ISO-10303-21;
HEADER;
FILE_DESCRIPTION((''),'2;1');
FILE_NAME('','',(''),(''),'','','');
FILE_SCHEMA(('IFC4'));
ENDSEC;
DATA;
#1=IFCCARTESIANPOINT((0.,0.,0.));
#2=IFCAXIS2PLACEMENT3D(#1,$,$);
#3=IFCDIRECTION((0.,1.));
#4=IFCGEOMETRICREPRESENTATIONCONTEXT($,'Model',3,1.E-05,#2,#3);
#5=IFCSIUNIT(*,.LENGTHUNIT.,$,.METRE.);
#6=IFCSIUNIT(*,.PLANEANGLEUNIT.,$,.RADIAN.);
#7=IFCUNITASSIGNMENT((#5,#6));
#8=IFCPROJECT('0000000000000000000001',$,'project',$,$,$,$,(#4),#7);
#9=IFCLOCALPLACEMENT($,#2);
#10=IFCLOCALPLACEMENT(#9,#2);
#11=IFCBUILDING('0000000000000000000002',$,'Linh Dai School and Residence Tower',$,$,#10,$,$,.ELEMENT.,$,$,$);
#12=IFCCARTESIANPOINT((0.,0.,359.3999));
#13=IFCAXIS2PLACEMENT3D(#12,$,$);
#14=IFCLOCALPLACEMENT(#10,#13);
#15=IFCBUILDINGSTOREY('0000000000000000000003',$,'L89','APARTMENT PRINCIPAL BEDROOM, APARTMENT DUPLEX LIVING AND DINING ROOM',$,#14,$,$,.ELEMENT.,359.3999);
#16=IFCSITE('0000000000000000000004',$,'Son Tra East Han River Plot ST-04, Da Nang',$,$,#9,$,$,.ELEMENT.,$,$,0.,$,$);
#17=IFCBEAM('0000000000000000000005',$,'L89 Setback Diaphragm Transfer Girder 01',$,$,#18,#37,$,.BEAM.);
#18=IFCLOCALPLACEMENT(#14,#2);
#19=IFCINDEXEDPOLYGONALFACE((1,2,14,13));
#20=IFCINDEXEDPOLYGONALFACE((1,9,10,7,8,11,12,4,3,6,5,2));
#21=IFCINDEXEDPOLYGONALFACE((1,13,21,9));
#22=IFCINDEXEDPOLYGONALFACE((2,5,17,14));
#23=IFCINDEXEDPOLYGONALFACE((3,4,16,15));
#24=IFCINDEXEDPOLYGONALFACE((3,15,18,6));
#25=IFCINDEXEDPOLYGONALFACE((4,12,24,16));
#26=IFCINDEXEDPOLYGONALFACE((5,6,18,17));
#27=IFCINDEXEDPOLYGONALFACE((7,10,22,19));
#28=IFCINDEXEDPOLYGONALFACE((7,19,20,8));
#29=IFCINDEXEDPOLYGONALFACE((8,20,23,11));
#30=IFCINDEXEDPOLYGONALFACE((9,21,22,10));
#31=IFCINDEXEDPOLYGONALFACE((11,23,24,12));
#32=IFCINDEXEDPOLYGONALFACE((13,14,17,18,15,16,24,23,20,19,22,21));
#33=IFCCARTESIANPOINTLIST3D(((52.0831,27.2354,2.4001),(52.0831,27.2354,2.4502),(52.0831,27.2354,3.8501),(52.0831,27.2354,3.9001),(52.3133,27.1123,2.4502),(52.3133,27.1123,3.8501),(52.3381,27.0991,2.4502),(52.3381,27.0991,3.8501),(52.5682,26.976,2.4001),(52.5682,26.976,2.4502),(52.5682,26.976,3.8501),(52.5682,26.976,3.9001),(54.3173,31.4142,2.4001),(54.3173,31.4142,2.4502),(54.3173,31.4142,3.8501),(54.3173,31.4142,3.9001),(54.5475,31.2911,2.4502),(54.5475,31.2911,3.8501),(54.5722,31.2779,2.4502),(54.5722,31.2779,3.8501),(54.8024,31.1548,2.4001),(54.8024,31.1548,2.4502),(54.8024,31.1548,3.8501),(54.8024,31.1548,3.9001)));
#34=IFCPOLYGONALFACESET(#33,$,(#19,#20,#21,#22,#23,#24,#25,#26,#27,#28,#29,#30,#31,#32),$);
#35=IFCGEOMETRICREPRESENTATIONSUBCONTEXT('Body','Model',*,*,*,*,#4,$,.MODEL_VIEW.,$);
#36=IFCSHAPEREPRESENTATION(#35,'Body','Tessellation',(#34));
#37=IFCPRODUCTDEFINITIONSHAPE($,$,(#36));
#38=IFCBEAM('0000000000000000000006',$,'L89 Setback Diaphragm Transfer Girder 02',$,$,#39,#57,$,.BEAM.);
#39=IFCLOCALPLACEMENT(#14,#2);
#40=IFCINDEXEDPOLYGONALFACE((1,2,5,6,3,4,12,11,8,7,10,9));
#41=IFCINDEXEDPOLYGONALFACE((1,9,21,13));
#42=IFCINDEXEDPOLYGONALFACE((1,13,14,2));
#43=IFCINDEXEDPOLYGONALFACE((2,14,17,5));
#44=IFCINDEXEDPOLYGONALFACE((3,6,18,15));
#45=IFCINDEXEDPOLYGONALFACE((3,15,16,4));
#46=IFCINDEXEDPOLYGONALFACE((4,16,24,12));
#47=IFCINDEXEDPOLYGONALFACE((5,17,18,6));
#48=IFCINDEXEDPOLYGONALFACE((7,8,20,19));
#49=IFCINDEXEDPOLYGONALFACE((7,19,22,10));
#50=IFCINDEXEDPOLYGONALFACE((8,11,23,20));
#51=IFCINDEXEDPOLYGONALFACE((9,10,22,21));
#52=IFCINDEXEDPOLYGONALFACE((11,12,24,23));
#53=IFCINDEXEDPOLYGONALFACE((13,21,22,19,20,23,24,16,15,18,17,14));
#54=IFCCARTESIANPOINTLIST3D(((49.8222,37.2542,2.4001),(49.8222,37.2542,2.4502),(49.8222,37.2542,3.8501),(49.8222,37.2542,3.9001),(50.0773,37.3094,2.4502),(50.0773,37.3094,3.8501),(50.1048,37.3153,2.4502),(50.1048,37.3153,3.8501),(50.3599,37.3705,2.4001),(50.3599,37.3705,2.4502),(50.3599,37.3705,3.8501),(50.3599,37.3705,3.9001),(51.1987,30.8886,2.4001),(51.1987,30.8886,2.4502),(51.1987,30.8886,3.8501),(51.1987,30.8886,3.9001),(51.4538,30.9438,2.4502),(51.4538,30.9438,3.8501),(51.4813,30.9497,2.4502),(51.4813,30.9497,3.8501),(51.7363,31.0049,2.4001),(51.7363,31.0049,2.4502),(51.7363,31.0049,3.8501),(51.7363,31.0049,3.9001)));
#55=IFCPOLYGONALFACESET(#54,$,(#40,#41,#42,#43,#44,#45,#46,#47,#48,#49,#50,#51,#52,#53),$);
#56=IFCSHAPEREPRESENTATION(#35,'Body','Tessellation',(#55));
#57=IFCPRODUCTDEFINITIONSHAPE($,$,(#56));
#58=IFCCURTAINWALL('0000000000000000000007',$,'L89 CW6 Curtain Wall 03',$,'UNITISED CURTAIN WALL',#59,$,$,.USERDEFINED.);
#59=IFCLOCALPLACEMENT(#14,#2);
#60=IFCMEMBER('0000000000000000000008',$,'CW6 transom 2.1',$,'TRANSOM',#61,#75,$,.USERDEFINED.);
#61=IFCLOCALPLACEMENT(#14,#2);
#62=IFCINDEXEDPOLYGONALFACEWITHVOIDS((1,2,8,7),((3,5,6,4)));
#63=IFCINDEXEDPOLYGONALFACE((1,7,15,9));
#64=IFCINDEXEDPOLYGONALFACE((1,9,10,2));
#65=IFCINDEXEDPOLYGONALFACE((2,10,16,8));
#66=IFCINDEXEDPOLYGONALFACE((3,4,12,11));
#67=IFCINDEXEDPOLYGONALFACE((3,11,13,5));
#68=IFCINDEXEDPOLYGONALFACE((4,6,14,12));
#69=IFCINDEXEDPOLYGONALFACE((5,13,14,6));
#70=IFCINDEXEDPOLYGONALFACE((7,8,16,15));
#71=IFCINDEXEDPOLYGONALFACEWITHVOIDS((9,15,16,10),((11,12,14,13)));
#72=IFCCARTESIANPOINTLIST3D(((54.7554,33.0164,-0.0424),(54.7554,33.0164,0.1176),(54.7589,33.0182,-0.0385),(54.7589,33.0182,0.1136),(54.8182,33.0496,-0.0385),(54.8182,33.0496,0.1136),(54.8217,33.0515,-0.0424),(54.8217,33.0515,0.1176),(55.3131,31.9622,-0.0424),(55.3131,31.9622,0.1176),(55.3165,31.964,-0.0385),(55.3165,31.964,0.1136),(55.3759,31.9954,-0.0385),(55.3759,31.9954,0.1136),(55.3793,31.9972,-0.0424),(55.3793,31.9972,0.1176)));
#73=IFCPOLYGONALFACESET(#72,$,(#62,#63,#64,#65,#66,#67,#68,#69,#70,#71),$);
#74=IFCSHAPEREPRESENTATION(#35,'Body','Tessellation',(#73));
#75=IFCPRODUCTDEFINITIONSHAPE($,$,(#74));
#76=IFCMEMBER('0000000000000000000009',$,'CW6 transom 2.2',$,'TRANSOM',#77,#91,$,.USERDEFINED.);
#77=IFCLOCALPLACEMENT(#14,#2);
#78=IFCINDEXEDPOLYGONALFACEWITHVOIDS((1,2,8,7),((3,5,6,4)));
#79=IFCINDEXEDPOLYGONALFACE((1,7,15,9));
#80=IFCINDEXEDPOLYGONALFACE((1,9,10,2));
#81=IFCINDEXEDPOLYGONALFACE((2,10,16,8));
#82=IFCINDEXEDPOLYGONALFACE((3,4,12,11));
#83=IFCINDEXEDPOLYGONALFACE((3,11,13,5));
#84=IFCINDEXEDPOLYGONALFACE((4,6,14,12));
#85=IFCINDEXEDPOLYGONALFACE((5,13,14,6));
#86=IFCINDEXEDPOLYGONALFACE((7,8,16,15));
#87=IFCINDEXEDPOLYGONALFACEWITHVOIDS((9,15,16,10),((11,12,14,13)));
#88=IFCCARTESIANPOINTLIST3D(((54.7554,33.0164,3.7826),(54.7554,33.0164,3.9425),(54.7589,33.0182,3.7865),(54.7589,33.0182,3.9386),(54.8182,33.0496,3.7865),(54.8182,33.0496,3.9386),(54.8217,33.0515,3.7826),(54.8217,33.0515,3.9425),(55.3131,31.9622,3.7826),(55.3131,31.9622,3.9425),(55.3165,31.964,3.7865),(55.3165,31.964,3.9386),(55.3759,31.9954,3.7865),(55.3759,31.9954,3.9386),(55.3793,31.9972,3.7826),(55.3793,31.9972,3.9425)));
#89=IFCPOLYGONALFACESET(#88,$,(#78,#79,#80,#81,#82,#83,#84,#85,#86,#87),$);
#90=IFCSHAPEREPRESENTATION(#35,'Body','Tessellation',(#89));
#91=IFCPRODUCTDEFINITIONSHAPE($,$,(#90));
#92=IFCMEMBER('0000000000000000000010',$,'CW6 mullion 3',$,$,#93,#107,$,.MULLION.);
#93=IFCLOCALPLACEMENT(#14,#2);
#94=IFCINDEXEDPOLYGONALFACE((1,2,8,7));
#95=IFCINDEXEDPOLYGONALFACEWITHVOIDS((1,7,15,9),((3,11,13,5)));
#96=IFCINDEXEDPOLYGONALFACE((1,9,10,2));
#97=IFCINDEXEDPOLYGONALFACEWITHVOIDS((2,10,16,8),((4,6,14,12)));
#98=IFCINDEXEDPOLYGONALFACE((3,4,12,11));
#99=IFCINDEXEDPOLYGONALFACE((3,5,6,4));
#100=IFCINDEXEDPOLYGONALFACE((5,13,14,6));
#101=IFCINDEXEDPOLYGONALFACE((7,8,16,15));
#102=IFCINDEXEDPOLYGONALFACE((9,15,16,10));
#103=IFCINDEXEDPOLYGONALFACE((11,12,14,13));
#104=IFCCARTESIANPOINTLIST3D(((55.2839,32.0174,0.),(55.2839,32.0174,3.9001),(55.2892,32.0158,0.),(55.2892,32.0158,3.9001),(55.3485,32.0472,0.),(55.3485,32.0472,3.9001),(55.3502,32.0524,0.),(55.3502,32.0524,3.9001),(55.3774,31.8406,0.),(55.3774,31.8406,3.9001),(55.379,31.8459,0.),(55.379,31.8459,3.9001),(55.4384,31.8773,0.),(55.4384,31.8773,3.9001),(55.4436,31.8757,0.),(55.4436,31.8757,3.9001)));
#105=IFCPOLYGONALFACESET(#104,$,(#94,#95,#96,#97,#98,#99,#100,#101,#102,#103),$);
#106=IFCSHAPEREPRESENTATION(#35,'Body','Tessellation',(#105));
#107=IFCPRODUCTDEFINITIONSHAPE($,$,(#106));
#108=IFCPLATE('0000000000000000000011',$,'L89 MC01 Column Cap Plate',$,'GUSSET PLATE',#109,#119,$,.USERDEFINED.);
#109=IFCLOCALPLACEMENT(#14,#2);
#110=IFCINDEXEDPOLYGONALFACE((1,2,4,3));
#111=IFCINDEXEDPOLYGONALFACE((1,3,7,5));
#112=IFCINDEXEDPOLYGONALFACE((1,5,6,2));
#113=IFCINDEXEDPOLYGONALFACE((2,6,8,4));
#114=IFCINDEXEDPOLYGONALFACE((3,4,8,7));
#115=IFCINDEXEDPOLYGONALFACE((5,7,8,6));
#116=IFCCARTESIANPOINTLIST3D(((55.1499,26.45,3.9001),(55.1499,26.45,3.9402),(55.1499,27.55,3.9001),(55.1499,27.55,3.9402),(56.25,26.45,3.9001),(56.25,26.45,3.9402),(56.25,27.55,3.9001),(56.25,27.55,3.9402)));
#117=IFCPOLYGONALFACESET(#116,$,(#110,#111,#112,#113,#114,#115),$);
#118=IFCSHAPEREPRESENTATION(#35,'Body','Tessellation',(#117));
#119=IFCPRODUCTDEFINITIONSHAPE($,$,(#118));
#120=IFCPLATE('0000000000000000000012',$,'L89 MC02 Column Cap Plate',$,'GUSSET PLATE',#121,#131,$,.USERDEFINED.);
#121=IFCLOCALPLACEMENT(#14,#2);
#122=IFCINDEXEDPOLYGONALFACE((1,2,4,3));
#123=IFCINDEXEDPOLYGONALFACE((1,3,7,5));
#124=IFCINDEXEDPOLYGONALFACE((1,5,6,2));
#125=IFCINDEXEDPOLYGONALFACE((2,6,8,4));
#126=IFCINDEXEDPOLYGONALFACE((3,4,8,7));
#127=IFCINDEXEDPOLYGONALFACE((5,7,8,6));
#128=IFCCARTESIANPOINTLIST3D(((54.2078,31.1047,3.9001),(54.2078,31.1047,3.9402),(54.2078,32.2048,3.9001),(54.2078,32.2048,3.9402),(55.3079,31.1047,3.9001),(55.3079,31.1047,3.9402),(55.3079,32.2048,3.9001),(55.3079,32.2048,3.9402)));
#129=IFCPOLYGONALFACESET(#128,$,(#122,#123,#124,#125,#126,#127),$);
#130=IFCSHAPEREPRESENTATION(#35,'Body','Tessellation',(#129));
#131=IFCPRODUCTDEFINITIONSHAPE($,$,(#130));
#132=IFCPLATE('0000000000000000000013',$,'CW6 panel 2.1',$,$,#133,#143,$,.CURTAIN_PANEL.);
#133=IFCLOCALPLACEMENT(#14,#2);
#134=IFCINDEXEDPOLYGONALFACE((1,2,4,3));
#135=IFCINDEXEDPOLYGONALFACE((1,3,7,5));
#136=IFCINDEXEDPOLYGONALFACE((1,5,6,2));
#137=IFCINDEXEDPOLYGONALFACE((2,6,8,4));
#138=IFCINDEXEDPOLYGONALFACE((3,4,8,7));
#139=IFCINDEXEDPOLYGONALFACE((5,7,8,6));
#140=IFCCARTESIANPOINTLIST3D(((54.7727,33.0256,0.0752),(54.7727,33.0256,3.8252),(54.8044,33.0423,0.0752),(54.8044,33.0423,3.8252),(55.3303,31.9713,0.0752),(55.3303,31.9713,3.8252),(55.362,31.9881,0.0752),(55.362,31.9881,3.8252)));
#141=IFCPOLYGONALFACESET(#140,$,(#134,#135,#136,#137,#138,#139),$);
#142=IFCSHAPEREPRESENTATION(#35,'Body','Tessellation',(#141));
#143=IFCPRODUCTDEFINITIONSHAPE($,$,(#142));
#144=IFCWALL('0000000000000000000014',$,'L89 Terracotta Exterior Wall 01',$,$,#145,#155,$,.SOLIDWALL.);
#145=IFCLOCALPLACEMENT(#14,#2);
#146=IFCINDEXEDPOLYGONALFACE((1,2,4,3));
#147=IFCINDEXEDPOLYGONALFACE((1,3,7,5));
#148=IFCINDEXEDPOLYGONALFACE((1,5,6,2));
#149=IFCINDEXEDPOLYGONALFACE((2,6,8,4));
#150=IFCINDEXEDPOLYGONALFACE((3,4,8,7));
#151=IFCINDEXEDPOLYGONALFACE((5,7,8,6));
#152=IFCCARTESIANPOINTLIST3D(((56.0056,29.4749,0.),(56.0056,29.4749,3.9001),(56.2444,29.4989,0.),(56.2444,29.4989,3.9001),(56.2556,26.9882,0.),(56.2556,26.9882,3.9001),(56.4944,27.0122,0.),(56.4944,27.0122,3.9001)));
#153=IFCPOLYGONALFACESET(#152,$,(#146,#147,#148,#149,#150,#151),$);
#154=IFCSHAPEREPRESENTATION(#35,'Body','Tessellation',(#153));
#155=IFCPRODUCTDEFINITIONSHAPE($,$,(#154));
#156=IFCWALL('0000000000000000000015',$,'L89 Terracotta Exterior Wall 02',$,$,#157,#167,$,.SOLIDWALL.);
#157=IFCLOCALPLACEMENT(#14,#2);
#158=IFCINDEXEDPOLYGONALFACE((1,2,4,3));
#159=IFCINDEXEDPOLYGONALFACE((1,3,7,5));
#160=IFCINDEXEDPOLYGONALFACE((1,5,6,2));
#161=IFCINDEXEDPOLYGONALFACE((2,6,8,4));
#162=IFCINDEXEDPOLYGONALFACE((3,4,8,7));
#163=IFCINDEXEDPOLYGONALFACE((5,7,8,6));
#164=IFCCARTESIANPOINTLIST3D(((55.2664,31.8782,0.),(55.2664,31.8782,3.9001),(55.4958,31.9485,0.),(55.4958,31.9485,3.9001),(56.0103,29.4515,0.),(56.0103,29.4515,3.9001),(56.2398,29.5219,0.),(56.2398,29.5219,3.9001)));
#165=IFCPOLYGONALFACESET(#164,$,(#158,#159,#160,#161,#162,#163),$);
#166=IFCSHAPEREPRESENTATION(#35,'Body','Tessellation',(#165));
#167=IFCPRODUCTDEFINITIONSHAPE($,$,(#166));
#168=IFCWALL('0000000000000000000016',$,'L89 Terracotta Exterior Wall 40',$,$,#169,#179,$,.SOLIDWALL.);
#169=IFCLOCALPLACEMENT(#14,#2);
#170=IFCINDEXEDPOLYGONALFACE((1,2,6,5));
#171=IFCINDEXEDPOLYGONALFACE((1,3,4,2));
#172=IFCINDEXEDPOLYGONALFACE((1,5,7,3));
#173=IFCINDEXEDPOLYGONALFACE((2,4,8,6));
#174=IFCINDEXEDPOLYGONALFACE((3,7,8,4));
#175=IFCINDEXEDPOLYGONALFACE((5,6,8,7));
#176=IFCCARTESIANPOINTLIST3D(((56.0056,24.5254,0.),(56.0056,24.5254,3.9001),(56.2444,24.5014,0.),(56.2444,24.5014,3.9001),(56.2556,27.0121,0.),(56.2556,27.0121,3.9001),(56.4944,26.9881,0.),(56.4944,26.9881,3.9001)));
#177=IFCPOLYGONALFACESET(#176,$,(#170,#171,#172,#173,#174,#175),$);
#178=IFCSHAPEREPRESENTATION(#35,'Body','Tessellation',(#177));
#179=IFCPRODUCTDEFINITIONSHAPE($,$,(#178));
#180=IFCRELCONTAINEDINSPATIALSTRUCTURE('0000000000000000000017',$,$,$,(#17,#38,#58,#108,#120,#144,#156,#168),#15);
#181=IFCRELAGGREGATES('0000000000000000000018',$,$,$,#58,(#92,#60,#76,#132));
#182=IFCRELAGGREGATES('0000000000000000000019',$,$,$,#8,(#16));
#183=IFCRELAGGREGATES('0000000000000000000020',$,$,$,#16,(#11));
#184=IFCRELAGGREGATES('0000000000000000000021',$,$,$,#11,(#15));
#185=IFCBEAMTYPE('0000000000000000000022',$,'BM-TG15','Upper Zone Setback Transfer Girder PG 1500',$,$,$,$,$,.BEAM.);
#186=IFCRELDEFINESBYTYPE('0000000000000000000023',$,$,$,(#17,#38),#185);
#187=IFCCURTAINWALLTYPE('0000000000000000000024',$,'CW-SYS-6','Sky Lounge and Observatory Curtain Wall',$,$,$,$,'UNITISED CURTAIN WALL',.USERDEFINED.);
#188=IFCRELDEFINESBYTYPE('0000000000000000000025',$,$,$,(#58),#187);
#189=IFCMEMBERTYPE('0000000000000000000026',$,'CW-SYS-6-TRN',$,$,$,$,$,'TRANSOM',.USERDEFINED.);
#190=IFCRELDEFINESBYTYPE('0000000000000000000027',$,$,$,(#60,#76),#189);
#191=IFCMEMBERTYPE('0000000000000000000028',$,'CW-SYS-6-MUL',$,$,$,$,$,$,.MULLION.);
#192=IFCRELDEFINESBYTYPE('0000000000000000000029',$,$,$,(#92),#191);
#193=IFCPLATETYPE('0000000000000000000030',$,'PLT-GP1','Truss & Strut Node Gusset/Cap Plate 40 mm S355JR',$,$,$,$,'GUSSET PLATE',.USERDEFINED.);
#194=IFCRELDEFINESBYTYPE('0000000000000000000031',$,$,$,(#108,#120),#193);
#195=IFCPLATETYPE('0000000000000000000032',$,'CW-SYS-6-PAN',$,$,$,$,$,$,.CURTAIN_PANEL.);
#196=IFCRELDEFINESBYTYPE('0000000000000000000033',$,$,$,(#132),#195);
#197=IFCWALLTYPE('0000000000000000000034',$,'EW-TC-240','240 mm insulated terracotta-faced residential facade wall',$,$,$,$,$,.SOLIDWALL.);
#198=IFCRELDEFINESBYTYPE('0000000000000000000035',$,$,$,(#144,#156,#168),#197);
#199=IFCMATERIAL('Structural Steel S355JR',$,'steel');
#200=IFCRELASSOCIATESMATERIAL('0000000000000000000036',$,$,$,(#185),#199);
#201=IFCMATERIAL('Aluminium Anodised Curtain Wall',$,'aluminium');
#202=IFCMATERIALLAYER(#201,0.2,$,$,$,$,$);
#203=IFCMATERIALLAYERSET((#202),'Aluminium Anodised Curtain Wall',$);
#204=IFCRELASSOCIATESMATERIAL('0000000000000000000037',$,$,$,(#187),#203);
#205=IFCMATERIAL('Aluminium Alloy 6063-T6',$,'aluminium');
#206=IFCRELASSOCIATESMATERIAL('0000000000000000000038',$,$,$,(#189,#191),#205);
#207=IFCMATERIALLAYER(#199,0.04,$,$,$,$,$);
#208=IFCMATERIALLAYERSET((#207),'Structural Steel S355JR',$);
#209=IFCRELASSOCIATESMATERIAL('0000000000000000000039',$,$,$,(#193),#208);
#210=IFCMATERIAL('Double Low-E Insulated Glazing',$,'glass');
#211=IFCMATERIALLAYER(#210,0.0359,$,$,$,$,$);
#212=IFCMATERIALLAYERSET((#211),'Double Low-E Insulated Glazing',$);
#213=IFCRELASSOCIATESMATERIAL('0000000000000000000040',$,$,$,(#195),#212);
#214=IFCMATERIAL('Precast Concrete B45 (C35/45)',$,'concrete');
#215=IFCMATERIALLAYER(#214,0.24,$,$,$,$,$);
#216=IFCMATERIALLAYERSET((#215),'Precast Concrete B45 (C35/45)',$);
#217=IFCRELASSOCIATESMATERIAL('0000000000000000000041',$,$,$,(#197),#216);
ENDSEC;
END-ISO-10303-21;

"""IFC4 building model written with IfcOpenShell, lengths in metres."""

from ifc_helpers import new_model, si_unit, direction, frame, frame_2d, origin, origin_2d, place, context, subcontext, project, spatial, rectangle, hollow_rectangle, i_section, extrude, source, transform, mapped, material, layer, layer_set, material_profile, profile_set, type_object, element, aggregate, save


model = new_model("IFC4")

# Units and contexts
model_context = context("Model", 3, precision=1e-05, world=origin(), true_north=direction((0.0, 1.0)))
body_context = subcontext(model_context, "Body", "Model", "MODEL_VIEW")
ifc_project = project(units=[si_unit("LENGTHUNIT", "METRE"), si_unit("PLANEANGLEUNIT", "RADIAN")], contexts=[model_context])

# Site, building, storey
site_placement = place(None, origin())
site = spatial("IfcSite", under=ifc_project, at=site_placement, Name="Son Tra East Han River Plot ST-04, Da Nang", CompositionType="ELEMENT", RefElevation=0.0)
building_placement = place(site_placement, origin())
building = spatial("IfcBuilding", under=site, at=building_placement, Name="Linh Dai School and Residence Tower", CompositionType="ELEMENT")
storey_placement = place(building_placement, frame((0.0, 0.0, 359.3999)))
storey = spatial("IfcBuildingStorey", under=building, at=storey_placement, Name="L89", Description="APARTMENT PRINCIPAL BEDROOM, APARTMENT DUPLEX LIVING AND DINING ROOM", CompositionType="ELEMENT", Elevation=359.3999)

# Shared definitions
ifc_material_1 = material(Name="Structural Steel S355JR", Category="steel")

# Beams
ifc_material_profile_1 = material_profile(ifc_material_1, i_section(OverallWidth=0.55, OverallDepth=1.5, WebThickness=0.0281, FlangeThickness=0.05, at=origin_2d()), Name="PG 1500x550x28x50")
ifc_profile_set_1 = profile_set([ifc_material_profile_1], Name="Structural Steel S355JR")
beam_type_1 = type_object("IfcBeamType", Name="BM-TG15", Description="Upper Zone Setback Transfer Girder PG 1500", PredefinedType="BEAM", material=ifc_profile_set_1)
beam_1_placement = place(storey_placement, frame((52.3257, 27.1057, 3.1501), z_axis=(0.471489, 0.881872, 0.0), x_axis=(-0.881872, 0.471489, 0.0)))
element("IfcBeam", 1, at=beam_1_placement, inside=storey, type_object=beam_type_1, Name="L89 Setback Diaphragm Transfer Girder 01", PredefinedType="BEAM", context=body_context, shape_type="SweptSolid", body=[
    extrude(i_section(OverallWidth=0.55, OverallDepth=1.5, WebThickness=0.0281, FlangeThickness=0.05, at=origin_2d()), origin(), (0.0, 0.0, 1.0), 4.7385),
])
beam_2_placement = place(storey_placement, frame((51.4675, 30.9468, 3.1501), z_axis=(-0.211354, 0.97741, 0.0), x_axis=(-0.97741, -0.211354, 0.0)))
element("IfcBeam", 2, at=beam_2_placement, inside=storey, type_object=beam_type_1, Name="L89 Setback Diaphragm Transfer Girder 02", PredefinedType="BEAM", context=body_context, shape_type="SweptSolid", body=[
    extrude(i_section(OverallWidth=0.55, OverallDepth=1.5, WebThickness=0.0281, FlangeThickness=0.05, at=origin_2d()), origin(), (0.0, 0.0, 1.0), 6.5127),
])

# Curtain wall, members
ifc_material_2 = material(Name="Aluminium Anodised Curtain Wall", Category="aluminium")
ifc_layer_1 = layer(ifc_material_2, 0.2)
ifc_layer_set_1 = layer_set([ifc_layer_1], Name="Aluminium Anodised Curtain Wall")
curtain_wall_type = type_object("IfcCurtainWallType", Name="CW-SYS-6", Description="Sky Lounge and Observatory Curtain Wall", ElementType="UNITISED CURTAIN WALL", PredefinedType="USERDEFINED", material=ifc_layer_set_1)
curtain_wall_placement = place(storey_placement, origin())
curtain_wall = element("IfcCurtainWall", 3, at=curtain_wall_placement, inside=storey, type_object=curtain_wall_type, Name="L89 CW6 Curtain Wall 03", ObjectType="UNITISED CURTAIN WALL", PredefinedType="USERDEFINED")
ifc_material_3 = material(Name="Aluminium Alloy 6063-T6", Category="aluminium")
ifc_material_profile_2 = material_profile(ifc_material_3, hollow_rectangle(XDim=0.075, YDim=0.1599, WallThickness=0.0039, at=origin_2d()), Name="RHS 160x75x4")
ifc_profile_set_2 = profile_set([ifc_material_profile_2], Name="Aluminium Alloy 6063-T6")
member_type_1 = type_object("IfcMemberType", Name="CW-SYS-6-TRN", ElementType="TRANSOM", PredefinedType="USERDEFINED", material=ifc_profile_set_2)
shared_shape_1 = source(origin(), body_context, "Body", "SweptSolid", [
    extrude(hollow_rectangle(XDim=0.075, YDim=0.1599, WallThickness=0.0039, at=origin_2d()), origin(), (0.0, 0.0, 1.0), 1.1926),
])
member_1_placement = place(storey_placement, frame((54.7886, 33.0339, 0.0376), z_axis=(0.467568, -0.883957, 0.0), x_axis=(0.883957, 0.467568, 0.0)))
member_1 = element("IfcMember", 4, at=member_1_placement, type_object=member_type_1, Name="CW6 transom 2.1", ObjectType="TRANSOM", PredefinedType="USERDEFINED", context=body_context, shape_type="MappedRepresentation", body=[
    mapped(shared_shape_1, transform((0.0, 0.0, 0.0), x_axis=(1.0, 0.0, 0.0), y_axis=(0.0, 1.0, 0.0), z_axis=(0.0, 0.0, 1.0), scale=1.0)),
])
member_2_placement = place(storey_placement, frame((54.7886, 33.0339, 3.8625), z_axis=(0.467568, -0.883957, 0.0), x_axis=(0.883957, 0.467568, 0.0)))
member_2 = element("IfcMember", 5, at=member_2_placement, type_object=member_type_1, Name="CW6 transom 2.2", ObjectType="TRANSOM", PredefinedType="USERDEFINED", context=body_context, shape_type="MappedRepresentation", body=[
    mapped(shared_shape_1, transform((0.0, 0.0, 0.0), x_axis=(1.0, 0.0, 0.0), y_axis=(0.0, 1.0, 0.0), z_axis=(0.0, 0.0, 1.0), scale=1.0)),
])
ifc_material_profile_3 = material_profile(ifc_material_3, hollow_rectangle(XDim=0.075, YDim=0.2, WallThickness=0.0039, at=origin_2d()), Name="RHS 200x75x4")
ifc_profile_set_3 = profile_set([ifc_material_profile_3], Name="Aluminium Alloy 6063-T6")
member_type_2 = type_object("IfcMemberType", Name="CW-SYS-6-MUL", PredefinedType="MULLION", material=ifc_profile_set_3)
shared_shape_2 = source(origin(), body_context, "Body", "SweptSolid", [
    extrude(hollow_rectangle(XDim=0.075, YDim=0.2, WallThickness=0.0039, at=origin_2d()), origin(), (0.0, 0.0, 1.0), 3.9001),
])
member_3_placement = place(storey_placement, frame((55.3638, 31.9465, 0.0), z_axis=(0.0, 0.0, 1.0), x_axis=(0.883972, 0.46754, 0.0)))
member_3 = element("IfcMember", 6, at=member_3_placement, type_object=member_type_2, Name="CW6 mullion 3", PredefinedType="MULLION", context=body_context, shape_type="MappedRepresentation", body=[
    mapped(shared_shape_2, transform((0.0, 0.0, 0.0), x_axis=(1.0, 0.0, 0.0), y_axis=(0.0, 1.0, 0.0), z_axis=(0.0, 0.0, 1.0), scale=1.0)),
])

# Plates
ifc_layer_2 = layer(ifc_material_1, 0.04)
ifc_layer_set_2 = layer_set([ifc_layer_2], Name="Structural Steel S355JR")
plate_type_1 = type_object("IfcPlateType", Name="PLT-GP1", Description="Truss & Strut Node Gusset/Cap Plate 40 mm S355JR", ElementType="GUSSET PLATE", PredefinedType="USERDEFINED", material=ifc_layer_set_2)
shared_shape_3 = source(origin(), body_context, "Body", "SweptSolid", [
    extrude(rectangle(XDim=1.1001, YDim=1.1001, at=origin_2d()), origin(), (0.0, 0.0, 1.0), 0.04),
])
for number, where, z_axis, x_axis, name in (
    (7, (55.7, 27.0, 3.9001), (0.0, 0.0, 1.0), (1.0, 0.0, 0.0), "L89 MC01 Column Cap Plate"),
    (8, (54.7578, 31.6548, 3.9001), (0.0, 0.0, 1.0), (1.0, 0.0, 0.0), "L89 MC02 Column Cap Plate"),
):
    element("IfcPlate", number, at=place(storey_placement, frame(where, z_axis=z_axis, x_axis=x_axis)), inside=storey, type_object=plate_type_1, Name=name, ObjectType="GUSSET PLATE", PredefinedType="USERDEFINED", context=body_context, shape_type="MappedRepresentation", body=[
        mapped(shared_shape_3, transform((0.0, 0.0, 0.0), x_axis=(1.0, 0.0, 0.0), y_axis=(0.0, 1.0, 0.0), z_axis=(0.0, 0.0, 1.0), scale=1.0)),
    ])

# Plate
ifc_material_4 = material(Name="Double Low-E Insulated Glazing", Category="glass")
ifc_layer_3 = layer(ifc_material_4, 0.0359)
ifc_layer_set_3 = layer_set([ifc_layer_3], Name="Double Low-E Insulated Glazing")
plate_type_2 = type_object("IfcPlateType", Name="CW-SYS-6-PAN", PredefinedType="CURTAIN_PANEL", material=ifc_layer_set_3)
shared_shape_4 = source(origin(), body_context, "Body", "SweptSolid", [
    extrude(rectangle(XDim=1.1926, YDim=0.0359, at=origin_2d()), origin(), (0.0, 0.0, 1.0), 3.75),
])
plate_placement = place(storey_placement, frame((55.0674, 32.5068, 0.0752), z_axis=(0.0, 0.0, 1.0), x_axis=(0.46754, -0.883972, 0.0)))
plate = element("IfcPlate", 9, at=plate_placement, type_object=plate_type_2, Name="CW6 panel 2.1", PredefinedType="CURTAIN_PANEL", context=body_context, shape_type="MappedRepresentation", body=[
    mapped(shared_shape_4, transform((0.0, 0.0, 0.0), x_axis=(1.0, 0.0, 0.0), y_axis=(0.0, 1.0, 0.0), z_axis=(0.0, 0.0, 1.0), scale=1.0)),
])
aggregate(curtain_wall, [member_3, member_1, member_2, plate])

# Walls
ifc_material_5 = material(Name="Precast Concrete B45 (C35/45)", Category="concrete")
ifc_layer_4 = layer(ifc_material_5, 0.24)
ifc_layer_set_4 = layer_set([ifc_layer_4], Name="Precast Concrete B45 (C35/45)")
wall_type_1 = type_object("IfcWallType", Name="EW-TC-240", Description="240 mm insulated terracotta-faced residential facade wall", PredefinedType="SOLIDWALL", material=ifc_layer_set_4)
wall_1_placement = place(storey_placement, frame((56.125, 29.4868, 0.0), z_axis=(0.0, 0.0, 1.0), x_axis=(0.100026, -0.994985, 0.0)))
element("IfcWall", 10, at=wall_1_placement, inside=storey, type_object=wall_type_1, Name="L89 Terracotta Exterior Wall 01", PredefinedType="SOLIDWALL", context=body_context, shape_type="SweptSolid", body=[
    extrude(rectangle(XDim=2.4993, YDim=0.24, at=frame_2d((1.2495, 0.0))), origin(), (0.0, 0.0, 1.0), 3.9001),
])
wall_2_placement = place(storey_placement, frame((55.3811, 31.9133, 0.0), z_axis=(0.0, 0.0, 1.0), x_axis=(0.293106, -0.95608, 0.0)))
element("IfcWall", 11, at=wall_2_placement, inside=storey, type_object=wall_type_1, Name="L89 Terracotta Exterior Wall 02", PredefinedType="SOLIDWALL", context=body_context, shape_type="SweptSolid", body=[
    extrude(rectangle(XDim=2.5381, YDim=0.24, at=frame_2d((1.269, 0.0))), origin(), (0.0, 0.0, 1.0), 3.9001),
])
wall_3_placement = place(storey_placement, frame((56.375, 27.0, 0.0), z_axis=(0.0, 0.0, 1.0), x_axis=(-0.100026, -0.994985, 0.0)))
element("IfcWall", 12, at=wall_3_placement, inside=storey, type_object=wall_type_1, Name="L89 Terracotta Exterior Wall 40", PredefinedType="SOLIDWALL", context=body_context, shape_type="SweptSolid", body=[
    extrude(rectangle(XDim=2.4993, YDim=0.24, at=frame_2d((1.2495, 0.0))), origin(), (0.0, 0.0, 1.0), 3.9001),
])

save(model, "model.ifc")
